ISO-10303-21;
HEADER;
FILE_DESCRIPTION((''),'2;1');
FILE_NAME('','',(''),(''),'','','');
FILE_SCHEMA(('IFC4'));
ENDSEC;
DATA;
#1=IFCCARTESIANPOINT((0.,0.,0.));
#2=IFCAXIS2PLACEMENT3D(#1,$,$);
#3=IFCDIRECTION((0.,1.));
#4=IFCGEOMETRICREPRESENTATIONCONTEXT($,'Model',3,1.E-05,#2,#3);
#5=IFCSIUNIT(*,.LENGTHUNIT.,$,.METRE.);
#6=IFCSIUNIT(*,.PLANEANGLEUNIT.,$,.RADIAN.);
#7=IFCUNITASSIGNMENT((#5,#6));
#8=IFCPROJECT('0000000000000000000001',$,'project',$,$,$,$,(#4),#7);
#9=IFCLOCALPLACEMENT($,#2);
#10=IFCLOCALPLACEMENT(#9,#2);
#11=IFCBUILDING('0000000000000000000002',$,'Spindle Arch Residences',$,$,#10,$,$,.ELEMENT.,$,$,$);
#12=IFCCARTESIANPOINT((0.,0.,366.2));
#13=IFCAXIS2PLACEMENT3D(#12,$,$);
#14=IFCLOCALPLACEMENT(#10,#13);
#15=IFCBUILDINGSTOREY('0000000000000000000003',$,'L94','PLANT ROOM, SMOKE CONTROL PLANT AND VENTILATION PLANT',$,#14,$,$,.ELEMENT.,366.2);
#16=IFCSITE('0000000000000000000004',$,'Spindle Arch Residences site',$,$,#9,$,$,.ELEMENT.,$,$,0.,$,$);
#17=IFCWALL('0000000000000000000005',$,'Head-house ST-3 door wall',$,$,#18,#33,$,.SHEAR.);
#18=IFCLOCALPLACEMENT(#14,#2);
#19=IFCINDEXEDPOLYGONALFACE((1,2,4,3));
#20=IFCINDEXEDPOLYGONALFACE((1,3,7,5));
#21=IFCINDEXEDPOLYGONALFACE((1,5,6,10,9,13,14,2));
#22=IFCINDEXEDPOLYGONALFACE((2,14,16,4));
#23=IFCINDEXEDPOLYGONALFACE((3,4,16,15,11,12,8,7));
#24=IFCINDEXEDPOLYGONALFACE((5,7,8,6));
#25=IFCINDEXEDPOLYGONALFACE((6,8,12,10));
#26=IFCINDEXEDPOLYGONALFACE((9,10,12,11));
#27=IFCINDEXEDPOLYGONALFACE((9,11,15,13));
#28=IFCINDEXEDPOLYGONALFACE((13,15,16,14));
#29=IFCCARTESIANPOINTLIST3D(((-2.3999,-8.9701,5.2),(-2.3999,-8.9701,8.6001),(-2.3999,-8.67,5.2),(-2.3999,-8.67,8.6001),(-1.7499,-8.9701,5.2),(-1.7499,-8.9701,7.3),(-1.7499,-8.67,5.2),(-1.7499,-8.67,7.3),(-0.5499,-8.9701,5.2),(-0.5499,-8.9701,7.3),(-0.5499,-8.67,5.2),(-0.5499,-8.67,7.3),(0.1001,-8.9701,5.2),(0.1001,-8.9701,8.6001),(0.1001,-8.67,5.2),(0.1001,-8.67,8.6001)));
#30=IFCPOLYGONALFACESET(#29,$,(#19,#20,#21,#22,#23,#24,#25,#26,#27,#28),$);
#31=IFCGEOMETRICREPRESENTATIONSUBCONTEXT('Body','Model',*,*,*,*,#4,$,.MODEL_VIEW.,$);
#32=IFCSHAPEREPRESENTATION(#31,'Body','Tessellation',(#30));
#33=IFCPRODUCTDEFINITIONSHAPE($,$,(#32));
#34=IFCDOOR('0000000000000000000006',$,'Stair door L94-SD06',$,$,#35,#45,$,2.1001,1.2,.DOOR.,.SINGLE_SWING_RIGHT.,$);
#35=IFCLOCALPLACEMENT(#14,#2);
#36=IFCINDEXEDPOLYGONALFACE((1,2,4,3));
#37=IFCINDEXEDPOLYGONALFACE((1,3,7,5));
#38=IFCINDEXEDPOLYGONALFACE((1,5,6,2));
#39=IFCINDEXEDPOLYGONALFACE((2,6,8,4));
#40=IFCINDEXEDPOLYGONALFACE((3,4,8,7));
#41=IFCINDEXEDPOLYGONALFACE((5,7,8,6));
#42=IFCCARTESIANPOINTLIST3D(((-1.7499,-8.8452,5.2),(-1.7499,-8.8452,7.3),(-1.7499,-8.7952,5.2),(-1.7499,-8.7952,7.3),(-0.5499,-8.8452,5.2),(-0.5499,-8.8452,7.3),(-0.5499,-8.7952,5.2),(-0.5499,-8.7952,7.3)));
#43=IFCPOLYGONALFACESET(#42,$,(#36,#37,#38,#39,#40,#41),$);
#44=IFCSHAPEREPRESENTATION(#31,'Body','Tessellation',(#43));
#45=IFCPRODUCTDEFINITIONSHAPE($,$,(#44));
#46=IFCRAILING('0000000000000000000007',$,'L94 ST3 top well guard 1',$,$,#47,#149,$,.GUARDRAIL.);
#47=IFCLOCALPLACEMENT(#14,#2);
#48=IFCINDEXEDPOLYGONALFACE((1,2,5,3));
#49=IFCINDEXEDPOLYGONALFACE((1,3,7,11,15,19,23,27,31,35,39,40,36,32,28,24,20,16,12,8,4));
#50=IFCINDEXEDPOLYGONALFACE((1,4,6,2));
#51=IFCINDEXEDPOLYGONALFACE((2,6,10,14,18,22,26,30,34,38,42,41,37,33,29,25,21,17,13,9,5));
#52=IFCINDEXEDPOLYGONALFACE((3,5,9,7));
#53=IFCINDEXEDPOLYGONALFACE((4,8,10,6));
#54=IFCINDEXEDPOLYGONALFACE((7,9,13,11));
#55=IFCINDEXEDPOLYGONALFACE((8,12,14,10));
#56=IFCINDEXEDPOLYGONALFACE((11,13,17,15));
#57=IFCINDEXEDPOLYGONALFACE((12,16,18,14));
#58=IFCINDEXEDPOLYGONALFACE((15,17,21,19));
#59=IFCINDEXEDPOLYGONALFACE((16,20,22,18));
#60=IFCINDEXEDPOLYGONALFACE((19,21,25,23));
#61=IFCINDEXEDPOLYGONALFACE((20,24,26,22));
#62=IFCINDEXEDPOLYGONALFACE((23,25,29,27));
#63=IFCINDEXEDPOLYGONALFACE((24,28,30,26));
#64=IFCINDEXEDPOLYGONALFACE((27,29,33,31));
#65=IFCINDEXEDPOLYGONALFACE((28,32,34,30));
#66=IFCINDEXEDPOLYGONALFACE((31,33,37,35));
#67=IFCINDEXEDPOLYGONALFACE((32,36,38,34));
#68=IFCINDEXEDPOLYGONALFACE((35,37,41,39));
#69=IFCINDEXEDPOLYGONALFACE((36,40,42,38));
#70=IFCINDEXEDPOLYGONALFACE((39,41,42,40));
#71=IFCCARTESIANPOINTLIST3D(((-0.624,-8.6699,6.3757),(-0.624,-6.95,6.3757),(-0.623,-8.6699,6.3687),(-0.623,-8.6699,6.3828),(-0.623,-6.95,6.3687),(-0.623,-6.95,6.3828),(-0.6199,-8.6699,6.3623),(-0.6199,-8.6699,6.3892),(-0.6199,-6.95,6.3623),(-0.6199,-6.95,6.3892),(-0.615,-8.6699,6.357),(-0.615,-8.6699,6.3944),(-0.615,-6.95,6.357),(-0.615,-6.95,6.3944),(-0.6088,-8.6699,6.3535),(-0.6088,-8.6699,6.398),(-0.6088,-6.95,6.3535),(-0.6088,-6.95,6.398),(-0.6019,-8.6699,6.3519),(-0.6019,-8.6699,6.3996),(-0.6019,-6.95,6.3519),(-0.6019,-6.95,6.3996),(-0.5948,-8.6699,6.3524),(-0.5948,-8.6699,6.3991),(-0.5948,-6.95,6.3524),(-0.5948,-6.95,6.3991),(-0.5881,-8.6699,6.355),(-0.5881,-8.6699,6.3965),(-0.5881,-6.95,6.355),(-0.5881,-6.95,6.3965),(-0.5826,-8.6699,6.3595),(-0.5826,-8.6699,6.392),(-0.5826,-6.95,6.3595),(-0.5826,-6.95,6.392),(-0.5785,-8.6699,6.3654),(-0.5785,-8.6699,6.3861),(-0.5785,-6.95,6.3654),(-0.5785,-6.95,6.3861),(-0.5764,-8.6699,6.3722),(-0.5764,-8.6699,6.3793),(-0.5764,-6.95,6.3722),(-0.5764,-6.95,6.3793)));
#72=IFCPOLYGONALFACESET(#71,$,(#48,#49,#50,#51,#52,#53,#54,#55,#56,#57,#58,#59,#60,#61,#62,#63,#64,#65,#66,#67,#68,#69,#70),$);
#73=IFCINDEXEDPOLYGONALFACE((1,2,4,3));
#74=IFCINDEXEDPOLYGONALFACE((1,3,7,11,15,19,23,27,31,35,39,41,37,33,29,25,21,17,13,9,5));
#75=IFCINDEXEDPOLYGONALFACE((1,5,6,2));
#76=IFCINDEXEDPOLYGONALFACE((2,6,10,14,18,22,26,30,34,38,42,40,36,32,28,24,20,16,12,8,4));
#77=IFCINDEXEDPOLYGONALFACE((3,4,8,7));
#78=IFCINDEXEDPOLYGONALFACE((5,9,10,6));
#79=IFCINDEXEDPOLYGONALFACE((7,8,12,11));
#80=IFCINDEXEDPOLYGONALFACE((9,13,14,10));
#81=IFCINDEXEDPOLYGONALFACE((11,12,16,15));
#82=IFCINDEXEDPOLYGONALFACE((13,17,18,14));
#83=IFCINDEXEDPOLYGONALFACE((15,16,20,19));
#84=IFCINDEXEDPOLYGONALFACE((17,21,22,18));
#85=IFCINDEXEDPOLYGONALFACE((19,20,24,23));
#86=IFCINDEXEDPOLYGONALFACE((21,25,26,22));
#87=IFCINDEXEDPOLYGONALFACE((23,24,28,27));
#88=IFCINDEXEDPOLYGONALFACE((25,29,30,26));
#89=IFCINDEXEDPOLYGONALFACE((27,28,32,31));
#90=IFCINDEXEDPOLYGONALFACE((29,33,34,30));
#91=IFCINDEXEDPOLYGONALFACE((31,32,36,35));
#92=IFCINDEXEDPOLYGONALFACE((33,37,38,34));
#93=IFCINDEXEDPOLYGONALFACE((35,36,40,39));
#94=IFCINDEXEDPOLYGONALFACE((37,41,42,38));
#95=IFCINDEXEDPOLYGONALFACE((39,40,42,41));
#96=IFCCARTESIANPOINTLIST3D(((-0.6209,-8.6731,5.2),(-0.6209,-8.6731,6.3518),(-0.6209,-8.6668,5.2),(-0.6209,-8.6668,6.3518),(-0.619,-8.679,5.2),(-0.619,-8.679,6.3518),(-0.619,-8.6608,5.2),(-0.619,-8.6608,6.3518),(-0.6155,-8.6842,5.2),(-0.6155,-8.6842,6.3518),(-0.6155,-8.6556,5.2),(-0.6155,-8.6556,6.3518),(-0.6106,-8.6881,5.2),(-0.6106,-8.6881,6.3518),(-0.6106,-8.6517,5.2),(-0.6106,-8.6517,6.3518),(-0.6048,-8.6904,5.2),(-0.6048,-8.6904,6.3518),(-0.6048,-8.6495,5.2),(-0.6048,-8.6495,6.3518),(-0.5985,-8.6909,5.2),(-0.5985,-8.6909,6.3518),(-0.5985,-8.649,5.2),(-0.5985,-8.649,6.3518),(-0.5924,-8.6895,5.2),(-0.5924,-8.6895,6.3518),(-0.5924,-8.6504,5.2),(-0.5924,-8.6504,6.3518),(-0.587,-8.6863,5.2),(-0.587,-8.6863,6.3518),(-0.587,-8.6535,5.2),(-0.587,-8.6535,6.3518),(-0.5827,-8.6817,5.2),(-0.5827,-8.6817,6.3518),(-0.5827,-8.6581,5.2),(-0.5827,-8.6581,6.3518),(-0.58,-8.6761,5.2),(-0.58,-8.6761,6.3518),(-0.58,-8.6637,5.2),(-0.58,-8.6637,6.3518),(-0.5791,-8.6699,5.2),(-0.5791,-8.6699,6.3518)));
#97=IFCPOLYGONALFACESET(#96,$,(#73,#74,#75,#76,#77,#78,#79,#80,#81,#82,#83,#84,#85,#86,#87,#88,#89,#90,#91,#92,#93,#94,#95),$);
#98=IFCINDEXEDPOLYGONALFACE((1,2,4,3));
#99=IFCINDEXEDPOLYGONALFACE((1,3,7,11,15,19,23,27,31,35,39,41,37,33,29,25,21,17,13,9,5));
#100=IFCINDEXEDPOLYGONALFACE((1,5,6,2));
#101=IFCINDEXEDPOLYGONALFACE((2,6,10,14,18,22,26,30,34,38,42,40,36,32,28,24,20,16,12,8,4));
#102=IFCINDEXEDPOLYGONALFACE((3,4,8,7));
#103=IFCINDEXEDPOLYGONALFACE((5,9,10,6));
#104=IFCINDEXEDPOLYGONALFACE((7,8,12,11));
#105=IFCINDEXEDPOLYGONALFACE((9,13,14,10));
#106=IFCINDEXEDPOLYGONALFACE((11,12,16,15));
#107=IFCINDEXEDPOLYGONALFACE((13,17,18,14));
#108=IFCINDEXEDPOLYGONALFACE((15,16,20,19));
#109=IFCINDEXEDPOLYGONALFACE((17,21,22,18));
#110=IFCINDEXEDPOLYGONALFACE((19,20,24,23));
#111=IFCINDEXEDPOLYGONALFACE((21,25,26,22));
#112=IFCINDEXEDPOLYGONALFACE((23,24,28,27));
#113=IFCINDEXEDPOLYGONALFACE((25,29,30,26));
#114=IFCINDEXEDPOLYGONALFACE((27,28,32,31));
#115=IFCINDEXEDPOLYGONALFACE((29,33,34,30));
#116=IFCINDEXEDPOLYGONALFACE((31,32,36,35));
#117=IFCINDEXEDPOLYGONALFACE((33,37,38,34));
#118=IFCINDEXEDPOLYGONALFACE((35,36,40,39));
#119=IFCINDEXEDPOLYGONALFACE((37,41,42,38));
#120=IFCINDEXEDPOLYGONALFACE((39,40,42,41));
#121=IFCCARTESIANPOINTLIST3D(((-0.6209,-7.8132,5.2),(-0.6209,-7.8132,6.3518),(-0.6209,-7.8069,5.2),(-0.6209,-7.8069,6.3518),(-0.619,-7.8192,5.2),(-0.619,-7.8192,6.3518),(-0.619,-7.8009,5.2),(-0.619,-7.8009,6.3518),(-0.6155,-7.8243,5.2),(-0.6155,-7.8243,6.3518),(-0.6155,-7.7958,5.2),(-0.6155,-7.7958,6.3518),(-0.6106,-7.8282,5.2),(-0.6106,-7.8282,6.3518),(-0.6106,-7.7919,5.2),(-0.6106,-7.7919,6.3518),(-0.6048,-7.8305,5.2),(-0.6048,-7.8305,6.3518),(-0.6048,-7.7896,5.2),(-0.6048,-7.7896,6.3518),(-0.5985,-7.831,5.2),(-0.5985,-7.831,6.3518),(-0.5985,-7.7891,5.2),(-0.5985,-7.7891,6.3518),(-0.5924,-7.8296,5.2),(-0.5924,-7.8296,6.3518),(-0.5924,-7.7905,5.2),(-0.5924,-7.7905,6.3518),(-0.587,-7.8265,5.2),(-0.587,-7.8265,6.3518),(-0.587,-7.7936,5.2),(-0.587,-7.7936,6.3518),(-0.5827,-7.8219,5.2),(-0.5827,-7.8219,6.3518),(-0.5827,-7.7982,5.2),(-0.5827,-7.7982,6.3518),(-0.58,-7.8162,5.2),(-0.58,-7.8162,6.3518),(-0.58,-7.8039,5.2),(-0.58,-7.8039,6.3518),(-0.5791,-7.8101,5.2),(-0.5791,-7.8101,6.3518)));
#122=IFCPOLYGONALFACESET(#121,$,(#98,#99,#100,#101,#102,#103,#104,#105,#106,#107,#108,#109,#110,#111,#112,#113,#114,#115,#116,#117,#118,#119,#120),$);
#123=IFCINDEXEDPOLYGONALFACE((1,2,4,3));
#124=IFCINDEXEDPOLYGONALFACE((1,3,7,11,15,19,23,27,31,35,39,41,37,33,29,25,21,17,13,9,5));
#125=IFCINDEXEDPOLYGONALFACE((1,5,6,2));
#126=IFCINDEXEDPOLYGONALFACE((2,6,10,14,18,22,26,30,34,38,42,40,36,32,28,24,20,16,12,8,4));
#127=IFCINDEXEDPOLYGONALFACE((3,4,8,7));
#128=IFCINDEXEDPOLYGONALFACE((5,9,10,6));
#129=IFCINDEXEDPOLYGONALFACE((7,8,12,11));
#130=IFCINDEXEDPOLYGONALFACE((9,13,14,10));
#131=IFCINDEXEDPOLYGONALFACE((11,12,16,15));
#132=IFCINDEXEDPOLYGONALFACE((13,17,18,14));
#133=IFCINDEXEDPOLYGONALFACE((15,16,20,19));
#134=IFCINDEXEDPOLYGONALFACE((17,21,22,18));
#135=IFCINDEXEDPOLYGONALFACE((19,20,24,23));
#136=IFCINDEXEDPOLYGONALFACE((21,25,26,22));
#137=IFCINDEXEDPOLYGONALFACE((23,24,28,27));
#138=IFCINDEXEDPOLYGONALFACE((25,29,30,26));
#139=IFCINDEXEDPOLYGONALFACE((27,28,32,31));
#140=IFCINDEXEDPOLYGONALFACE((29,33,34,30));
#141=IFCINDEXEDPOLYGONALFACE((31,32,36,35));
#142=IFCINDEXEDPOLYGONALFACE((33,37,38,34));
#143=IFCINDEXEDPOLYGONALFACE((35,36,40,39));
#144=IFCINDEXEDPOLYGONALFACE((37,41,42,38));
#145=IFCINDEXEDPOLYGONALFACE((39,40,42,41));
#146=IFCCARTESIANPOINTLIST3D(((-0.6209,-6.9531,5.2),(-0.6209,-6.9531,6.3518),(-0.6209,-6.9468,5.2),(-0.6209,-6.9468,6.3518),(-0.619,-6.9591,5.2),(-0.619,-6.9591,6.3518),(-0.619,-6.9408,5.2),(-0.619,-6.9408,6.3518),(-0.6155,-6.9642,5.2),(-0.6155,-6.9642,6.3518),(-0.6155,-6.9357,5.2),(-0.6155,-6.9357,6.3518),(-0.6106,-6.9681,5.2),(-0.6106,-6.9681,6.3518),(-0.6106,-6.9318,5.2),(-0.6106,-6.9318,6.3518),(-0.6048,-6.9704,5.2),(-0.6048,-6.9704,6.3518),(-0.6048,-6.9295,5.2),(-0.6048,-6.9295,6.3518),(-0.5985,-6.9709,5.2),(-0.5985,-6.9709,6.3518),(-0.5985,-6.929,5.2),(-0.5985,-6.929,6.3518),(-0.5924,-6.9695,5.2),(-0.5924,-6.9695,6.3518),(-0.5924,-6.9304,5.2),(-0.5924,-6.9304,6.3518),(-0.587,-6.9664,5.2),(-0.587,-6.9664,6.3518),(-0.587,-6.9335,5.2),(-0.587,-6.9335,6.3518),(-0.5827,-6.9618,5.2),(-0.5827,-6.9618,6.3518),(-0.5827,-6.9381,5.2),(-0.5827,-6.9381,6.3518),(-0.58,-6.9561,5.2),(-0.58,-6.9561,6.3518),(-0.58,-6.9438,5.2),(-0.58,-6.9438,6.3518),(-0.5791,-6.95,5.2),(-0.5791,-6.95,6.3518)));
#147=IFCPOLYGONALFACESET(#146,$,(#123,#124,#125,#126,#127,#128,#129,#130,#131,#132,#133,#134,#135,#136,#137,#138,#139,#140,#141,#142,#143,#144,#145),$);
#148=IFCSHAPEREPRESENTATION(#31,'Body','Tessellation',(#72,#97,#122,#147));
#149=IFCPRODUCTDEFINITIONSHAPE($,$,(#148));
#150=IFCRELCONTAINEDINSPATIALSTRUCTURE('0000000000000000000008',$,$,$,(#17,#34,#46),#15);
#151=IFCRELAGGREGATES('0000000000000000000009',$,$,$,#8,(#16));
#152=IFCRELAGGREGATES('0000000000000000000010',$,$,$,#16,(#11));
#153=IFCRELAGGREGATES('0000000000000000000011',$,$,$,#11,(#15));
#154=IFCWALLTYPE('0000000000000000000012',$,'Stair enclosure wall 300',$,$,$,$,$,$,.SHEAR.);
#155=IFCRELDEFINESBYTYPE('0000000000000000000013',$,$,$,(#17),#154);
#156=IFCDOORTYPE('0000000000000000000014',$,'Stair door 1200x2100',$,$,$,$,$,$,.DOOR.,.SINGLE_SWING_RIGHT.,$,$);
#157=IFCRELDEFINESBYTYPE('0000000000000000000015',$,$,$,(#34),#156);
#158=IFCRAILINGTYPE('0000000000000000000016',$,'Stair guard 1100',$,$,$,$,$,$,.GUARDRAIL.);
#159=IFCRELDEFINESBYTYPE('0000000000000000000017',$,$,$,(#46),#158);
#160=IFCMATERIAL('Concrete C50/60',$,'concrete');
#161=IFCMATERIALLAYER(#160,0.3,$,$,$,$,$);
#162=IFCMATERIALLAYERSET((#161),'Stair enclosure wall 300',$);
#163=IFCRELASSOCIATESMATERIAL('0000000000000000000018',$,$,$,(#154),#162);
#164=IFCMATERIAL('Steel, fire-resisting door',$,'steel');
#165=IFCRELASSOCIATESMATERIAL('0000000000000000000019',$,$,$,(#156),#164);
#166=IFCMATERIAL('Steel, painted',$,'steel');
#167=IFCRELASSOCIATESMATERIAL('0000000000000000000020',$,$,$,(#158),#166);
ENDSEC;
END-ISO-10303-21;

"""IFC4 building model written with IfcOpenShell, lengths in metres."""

from ifc_helpers import new_model, si_unit, direction, frame, frame_2d, origin, origin_2d, place, context, subcontext, project, spatial, rectangle, circle, extrude, material, layer, layer_set, type_object, element, fill, save


model = new_model("IFC4")

# Units and contexts
model_context = context("Model", 3, precision=1e-05, world=origin(), true_north=direction((0.0, 1.0)))
body_context = subcontext(model_context, "Body", "Model", "MODEL_VIEW")
ifc_project = project(units=[si_unit("LENGTHUNIT", "METRE"), si_unit("PLANEANGLEUNIT", "RADIAN")], contexts=[model_context])

# Site, building, storey
site_placement = place(None, origin())
site = spatial("IfcSite", under=ifc_project, at=site_placement, Name="Spindle Arch Residences site", CompositionType="ELEMENT", RefElevation=0.0)
building_placement = place(site_placement, origin())
building = spatial("IfcBuilding", under=site, at=building_placement, Name="Spindle Arch Residences", CompositionType="ELEMENT")
storey_placement = place(building_placement, frame((0.0, 0.0, 366.2)))
storey = spatial("IfcBuildingStorey", under=building, at=storey_placement, Name="L94", Description="PLANT ROOM, SMOKE CONTROL PLANT AND VENTILATION PLANT", CompositionType="ELEMENT", Elevation=366.2)

# Shared definitions
ifc_material_1 = material(Name="Concrete C50/60", Category="concrete")
ifc_layer_1 = layer(ifc_material_1, 0.3)
ifc_layer_set_1 = layer_set([ifc_layer_1], Name="Stair enclosure wall 300")
wall_type_1 = type_object("IfcWallType", Name="Stair enclosure wall 300", PredefinedType="SHEAR", material=ifc_layer_set_1)

# Wall, opening, door
wall_1_placement = place(storey_placement, frame((-2.3999, -8.8201, 5.2), z_axis=(0.0, 0.0, 1.0), x_axis=(1.0, 0.0, 0.0)))
wall_1 = element("IfcWall", 1, at=wall_1_placement, inside=storey, type_object=wall_type_1, Name="Head-house ST-3 door wall", PredefinedType="SHEAR", context=body_context, shape_type="SweptSolid", body=[
    extrude(rectangle(XDim=2.5, YDim=0.3, at=frame_2d((1.25, 0.0))), origin(), (0.0, 0.0, 1.0), 3.4001),
])
opening_1_placement = place(wall_1_placement, frame((0.6499, 0.0, 0.0)))
opening_1 = element("IfcOpeningElement", 2, at=opening_1_placement, cuts=wall_1, PredefinedType="OPENING", context=body_context, shape_type="SweptSolid", body=[
    extrude(rectangle(XDim=1.2, YDim=2.1001, at=frame_2d((0.6001, 1.05))), frame((0.0, 0.1602, 0.0), z_axis=(0.0, -1.0, 0.0), x_axis=(1.0, 0.0, 0.0)), (0.0, 0.0, 1.0), 0.3201),
])
ifc_material_2 = material(Name="Steel, fire-resisting door", Category="steel")
door_type_1 = type_object("IfcDoorType", Name="Stair door 1200x2100", OperationType="SINGLE_SWING_RIGHT", PredefinedType="DOOR", material=ifc_material_2)
door_1_placement = place(opening_1_placement, origin())
door_1 = element("IfcDoor", 3, at=door_1_placement, inside=storey, type_object=door_type_1, Name="Stair door L94-SD06", OperationType="SINGLE_SWING_RIGHT", OverallHeight=2.1001, OverallWidth=1.2, PredefinedType="DOOR", context=body_context, shape_type="SweptSolid", body=[
    extrude(rectangle(XDim=1.2, YDim=2.1001, at=frame_2d((0.6001, 1.05))), frame((0.0, 0.0249, 0.0), z_axis=(0.0, -1.0, 0.0), x_axis=(1.0, 0.0, 0.0)), (0.0, 0.0, 1.0), 0.05),
])
fill(opening_1, door_1)

# Railing
ifc_material_3 = material(Name="Steel, painted", Category="steel")
railing_type = type_object("IfcRailingType", Name="Stair guard 1100", PredefinedType="GUARDRAIL", material=ifc_material_3)
railing_1_placement = place(storey_placement, frame((-0.6001, -8.6699, 5.2)))
element("IfcRailing", 4, at=railing_1_placement, inside=storey, type_object=railing_type, Name="L94 ST3 top well guard 1", PredefinedType="GUARDRAIL", context=body_context, shape_type="SweptSolid", body=[
    extrude(circle(Radius=0.0239, at=origin_2d()), frame((0.0, 0.0, 1.1758), z_axis=(0.0, 1.0, 0.0), x_axis=(-1.0, 0.0, 0.0)), (0.0, 0.0, 1.0), 1.72),
    extrude(circle(Radius=0.021, at=origin_2d()), origin(), (0.0, 0.0, 1.0), 1.1519),
    extrude(circle(Radius=0.021, at=origin_2d()), frame((0.0, 0.8599, 0.0)), (0.0, 0.0, 1.0), 1.1519),
    extrude(circle(Radius=0.021, at=origin_2d()), frame((0.0, 1.72, 0.0)), (0.0, 0.0, 1.0), 1.1519),
])

save(model, "model.ifc")
